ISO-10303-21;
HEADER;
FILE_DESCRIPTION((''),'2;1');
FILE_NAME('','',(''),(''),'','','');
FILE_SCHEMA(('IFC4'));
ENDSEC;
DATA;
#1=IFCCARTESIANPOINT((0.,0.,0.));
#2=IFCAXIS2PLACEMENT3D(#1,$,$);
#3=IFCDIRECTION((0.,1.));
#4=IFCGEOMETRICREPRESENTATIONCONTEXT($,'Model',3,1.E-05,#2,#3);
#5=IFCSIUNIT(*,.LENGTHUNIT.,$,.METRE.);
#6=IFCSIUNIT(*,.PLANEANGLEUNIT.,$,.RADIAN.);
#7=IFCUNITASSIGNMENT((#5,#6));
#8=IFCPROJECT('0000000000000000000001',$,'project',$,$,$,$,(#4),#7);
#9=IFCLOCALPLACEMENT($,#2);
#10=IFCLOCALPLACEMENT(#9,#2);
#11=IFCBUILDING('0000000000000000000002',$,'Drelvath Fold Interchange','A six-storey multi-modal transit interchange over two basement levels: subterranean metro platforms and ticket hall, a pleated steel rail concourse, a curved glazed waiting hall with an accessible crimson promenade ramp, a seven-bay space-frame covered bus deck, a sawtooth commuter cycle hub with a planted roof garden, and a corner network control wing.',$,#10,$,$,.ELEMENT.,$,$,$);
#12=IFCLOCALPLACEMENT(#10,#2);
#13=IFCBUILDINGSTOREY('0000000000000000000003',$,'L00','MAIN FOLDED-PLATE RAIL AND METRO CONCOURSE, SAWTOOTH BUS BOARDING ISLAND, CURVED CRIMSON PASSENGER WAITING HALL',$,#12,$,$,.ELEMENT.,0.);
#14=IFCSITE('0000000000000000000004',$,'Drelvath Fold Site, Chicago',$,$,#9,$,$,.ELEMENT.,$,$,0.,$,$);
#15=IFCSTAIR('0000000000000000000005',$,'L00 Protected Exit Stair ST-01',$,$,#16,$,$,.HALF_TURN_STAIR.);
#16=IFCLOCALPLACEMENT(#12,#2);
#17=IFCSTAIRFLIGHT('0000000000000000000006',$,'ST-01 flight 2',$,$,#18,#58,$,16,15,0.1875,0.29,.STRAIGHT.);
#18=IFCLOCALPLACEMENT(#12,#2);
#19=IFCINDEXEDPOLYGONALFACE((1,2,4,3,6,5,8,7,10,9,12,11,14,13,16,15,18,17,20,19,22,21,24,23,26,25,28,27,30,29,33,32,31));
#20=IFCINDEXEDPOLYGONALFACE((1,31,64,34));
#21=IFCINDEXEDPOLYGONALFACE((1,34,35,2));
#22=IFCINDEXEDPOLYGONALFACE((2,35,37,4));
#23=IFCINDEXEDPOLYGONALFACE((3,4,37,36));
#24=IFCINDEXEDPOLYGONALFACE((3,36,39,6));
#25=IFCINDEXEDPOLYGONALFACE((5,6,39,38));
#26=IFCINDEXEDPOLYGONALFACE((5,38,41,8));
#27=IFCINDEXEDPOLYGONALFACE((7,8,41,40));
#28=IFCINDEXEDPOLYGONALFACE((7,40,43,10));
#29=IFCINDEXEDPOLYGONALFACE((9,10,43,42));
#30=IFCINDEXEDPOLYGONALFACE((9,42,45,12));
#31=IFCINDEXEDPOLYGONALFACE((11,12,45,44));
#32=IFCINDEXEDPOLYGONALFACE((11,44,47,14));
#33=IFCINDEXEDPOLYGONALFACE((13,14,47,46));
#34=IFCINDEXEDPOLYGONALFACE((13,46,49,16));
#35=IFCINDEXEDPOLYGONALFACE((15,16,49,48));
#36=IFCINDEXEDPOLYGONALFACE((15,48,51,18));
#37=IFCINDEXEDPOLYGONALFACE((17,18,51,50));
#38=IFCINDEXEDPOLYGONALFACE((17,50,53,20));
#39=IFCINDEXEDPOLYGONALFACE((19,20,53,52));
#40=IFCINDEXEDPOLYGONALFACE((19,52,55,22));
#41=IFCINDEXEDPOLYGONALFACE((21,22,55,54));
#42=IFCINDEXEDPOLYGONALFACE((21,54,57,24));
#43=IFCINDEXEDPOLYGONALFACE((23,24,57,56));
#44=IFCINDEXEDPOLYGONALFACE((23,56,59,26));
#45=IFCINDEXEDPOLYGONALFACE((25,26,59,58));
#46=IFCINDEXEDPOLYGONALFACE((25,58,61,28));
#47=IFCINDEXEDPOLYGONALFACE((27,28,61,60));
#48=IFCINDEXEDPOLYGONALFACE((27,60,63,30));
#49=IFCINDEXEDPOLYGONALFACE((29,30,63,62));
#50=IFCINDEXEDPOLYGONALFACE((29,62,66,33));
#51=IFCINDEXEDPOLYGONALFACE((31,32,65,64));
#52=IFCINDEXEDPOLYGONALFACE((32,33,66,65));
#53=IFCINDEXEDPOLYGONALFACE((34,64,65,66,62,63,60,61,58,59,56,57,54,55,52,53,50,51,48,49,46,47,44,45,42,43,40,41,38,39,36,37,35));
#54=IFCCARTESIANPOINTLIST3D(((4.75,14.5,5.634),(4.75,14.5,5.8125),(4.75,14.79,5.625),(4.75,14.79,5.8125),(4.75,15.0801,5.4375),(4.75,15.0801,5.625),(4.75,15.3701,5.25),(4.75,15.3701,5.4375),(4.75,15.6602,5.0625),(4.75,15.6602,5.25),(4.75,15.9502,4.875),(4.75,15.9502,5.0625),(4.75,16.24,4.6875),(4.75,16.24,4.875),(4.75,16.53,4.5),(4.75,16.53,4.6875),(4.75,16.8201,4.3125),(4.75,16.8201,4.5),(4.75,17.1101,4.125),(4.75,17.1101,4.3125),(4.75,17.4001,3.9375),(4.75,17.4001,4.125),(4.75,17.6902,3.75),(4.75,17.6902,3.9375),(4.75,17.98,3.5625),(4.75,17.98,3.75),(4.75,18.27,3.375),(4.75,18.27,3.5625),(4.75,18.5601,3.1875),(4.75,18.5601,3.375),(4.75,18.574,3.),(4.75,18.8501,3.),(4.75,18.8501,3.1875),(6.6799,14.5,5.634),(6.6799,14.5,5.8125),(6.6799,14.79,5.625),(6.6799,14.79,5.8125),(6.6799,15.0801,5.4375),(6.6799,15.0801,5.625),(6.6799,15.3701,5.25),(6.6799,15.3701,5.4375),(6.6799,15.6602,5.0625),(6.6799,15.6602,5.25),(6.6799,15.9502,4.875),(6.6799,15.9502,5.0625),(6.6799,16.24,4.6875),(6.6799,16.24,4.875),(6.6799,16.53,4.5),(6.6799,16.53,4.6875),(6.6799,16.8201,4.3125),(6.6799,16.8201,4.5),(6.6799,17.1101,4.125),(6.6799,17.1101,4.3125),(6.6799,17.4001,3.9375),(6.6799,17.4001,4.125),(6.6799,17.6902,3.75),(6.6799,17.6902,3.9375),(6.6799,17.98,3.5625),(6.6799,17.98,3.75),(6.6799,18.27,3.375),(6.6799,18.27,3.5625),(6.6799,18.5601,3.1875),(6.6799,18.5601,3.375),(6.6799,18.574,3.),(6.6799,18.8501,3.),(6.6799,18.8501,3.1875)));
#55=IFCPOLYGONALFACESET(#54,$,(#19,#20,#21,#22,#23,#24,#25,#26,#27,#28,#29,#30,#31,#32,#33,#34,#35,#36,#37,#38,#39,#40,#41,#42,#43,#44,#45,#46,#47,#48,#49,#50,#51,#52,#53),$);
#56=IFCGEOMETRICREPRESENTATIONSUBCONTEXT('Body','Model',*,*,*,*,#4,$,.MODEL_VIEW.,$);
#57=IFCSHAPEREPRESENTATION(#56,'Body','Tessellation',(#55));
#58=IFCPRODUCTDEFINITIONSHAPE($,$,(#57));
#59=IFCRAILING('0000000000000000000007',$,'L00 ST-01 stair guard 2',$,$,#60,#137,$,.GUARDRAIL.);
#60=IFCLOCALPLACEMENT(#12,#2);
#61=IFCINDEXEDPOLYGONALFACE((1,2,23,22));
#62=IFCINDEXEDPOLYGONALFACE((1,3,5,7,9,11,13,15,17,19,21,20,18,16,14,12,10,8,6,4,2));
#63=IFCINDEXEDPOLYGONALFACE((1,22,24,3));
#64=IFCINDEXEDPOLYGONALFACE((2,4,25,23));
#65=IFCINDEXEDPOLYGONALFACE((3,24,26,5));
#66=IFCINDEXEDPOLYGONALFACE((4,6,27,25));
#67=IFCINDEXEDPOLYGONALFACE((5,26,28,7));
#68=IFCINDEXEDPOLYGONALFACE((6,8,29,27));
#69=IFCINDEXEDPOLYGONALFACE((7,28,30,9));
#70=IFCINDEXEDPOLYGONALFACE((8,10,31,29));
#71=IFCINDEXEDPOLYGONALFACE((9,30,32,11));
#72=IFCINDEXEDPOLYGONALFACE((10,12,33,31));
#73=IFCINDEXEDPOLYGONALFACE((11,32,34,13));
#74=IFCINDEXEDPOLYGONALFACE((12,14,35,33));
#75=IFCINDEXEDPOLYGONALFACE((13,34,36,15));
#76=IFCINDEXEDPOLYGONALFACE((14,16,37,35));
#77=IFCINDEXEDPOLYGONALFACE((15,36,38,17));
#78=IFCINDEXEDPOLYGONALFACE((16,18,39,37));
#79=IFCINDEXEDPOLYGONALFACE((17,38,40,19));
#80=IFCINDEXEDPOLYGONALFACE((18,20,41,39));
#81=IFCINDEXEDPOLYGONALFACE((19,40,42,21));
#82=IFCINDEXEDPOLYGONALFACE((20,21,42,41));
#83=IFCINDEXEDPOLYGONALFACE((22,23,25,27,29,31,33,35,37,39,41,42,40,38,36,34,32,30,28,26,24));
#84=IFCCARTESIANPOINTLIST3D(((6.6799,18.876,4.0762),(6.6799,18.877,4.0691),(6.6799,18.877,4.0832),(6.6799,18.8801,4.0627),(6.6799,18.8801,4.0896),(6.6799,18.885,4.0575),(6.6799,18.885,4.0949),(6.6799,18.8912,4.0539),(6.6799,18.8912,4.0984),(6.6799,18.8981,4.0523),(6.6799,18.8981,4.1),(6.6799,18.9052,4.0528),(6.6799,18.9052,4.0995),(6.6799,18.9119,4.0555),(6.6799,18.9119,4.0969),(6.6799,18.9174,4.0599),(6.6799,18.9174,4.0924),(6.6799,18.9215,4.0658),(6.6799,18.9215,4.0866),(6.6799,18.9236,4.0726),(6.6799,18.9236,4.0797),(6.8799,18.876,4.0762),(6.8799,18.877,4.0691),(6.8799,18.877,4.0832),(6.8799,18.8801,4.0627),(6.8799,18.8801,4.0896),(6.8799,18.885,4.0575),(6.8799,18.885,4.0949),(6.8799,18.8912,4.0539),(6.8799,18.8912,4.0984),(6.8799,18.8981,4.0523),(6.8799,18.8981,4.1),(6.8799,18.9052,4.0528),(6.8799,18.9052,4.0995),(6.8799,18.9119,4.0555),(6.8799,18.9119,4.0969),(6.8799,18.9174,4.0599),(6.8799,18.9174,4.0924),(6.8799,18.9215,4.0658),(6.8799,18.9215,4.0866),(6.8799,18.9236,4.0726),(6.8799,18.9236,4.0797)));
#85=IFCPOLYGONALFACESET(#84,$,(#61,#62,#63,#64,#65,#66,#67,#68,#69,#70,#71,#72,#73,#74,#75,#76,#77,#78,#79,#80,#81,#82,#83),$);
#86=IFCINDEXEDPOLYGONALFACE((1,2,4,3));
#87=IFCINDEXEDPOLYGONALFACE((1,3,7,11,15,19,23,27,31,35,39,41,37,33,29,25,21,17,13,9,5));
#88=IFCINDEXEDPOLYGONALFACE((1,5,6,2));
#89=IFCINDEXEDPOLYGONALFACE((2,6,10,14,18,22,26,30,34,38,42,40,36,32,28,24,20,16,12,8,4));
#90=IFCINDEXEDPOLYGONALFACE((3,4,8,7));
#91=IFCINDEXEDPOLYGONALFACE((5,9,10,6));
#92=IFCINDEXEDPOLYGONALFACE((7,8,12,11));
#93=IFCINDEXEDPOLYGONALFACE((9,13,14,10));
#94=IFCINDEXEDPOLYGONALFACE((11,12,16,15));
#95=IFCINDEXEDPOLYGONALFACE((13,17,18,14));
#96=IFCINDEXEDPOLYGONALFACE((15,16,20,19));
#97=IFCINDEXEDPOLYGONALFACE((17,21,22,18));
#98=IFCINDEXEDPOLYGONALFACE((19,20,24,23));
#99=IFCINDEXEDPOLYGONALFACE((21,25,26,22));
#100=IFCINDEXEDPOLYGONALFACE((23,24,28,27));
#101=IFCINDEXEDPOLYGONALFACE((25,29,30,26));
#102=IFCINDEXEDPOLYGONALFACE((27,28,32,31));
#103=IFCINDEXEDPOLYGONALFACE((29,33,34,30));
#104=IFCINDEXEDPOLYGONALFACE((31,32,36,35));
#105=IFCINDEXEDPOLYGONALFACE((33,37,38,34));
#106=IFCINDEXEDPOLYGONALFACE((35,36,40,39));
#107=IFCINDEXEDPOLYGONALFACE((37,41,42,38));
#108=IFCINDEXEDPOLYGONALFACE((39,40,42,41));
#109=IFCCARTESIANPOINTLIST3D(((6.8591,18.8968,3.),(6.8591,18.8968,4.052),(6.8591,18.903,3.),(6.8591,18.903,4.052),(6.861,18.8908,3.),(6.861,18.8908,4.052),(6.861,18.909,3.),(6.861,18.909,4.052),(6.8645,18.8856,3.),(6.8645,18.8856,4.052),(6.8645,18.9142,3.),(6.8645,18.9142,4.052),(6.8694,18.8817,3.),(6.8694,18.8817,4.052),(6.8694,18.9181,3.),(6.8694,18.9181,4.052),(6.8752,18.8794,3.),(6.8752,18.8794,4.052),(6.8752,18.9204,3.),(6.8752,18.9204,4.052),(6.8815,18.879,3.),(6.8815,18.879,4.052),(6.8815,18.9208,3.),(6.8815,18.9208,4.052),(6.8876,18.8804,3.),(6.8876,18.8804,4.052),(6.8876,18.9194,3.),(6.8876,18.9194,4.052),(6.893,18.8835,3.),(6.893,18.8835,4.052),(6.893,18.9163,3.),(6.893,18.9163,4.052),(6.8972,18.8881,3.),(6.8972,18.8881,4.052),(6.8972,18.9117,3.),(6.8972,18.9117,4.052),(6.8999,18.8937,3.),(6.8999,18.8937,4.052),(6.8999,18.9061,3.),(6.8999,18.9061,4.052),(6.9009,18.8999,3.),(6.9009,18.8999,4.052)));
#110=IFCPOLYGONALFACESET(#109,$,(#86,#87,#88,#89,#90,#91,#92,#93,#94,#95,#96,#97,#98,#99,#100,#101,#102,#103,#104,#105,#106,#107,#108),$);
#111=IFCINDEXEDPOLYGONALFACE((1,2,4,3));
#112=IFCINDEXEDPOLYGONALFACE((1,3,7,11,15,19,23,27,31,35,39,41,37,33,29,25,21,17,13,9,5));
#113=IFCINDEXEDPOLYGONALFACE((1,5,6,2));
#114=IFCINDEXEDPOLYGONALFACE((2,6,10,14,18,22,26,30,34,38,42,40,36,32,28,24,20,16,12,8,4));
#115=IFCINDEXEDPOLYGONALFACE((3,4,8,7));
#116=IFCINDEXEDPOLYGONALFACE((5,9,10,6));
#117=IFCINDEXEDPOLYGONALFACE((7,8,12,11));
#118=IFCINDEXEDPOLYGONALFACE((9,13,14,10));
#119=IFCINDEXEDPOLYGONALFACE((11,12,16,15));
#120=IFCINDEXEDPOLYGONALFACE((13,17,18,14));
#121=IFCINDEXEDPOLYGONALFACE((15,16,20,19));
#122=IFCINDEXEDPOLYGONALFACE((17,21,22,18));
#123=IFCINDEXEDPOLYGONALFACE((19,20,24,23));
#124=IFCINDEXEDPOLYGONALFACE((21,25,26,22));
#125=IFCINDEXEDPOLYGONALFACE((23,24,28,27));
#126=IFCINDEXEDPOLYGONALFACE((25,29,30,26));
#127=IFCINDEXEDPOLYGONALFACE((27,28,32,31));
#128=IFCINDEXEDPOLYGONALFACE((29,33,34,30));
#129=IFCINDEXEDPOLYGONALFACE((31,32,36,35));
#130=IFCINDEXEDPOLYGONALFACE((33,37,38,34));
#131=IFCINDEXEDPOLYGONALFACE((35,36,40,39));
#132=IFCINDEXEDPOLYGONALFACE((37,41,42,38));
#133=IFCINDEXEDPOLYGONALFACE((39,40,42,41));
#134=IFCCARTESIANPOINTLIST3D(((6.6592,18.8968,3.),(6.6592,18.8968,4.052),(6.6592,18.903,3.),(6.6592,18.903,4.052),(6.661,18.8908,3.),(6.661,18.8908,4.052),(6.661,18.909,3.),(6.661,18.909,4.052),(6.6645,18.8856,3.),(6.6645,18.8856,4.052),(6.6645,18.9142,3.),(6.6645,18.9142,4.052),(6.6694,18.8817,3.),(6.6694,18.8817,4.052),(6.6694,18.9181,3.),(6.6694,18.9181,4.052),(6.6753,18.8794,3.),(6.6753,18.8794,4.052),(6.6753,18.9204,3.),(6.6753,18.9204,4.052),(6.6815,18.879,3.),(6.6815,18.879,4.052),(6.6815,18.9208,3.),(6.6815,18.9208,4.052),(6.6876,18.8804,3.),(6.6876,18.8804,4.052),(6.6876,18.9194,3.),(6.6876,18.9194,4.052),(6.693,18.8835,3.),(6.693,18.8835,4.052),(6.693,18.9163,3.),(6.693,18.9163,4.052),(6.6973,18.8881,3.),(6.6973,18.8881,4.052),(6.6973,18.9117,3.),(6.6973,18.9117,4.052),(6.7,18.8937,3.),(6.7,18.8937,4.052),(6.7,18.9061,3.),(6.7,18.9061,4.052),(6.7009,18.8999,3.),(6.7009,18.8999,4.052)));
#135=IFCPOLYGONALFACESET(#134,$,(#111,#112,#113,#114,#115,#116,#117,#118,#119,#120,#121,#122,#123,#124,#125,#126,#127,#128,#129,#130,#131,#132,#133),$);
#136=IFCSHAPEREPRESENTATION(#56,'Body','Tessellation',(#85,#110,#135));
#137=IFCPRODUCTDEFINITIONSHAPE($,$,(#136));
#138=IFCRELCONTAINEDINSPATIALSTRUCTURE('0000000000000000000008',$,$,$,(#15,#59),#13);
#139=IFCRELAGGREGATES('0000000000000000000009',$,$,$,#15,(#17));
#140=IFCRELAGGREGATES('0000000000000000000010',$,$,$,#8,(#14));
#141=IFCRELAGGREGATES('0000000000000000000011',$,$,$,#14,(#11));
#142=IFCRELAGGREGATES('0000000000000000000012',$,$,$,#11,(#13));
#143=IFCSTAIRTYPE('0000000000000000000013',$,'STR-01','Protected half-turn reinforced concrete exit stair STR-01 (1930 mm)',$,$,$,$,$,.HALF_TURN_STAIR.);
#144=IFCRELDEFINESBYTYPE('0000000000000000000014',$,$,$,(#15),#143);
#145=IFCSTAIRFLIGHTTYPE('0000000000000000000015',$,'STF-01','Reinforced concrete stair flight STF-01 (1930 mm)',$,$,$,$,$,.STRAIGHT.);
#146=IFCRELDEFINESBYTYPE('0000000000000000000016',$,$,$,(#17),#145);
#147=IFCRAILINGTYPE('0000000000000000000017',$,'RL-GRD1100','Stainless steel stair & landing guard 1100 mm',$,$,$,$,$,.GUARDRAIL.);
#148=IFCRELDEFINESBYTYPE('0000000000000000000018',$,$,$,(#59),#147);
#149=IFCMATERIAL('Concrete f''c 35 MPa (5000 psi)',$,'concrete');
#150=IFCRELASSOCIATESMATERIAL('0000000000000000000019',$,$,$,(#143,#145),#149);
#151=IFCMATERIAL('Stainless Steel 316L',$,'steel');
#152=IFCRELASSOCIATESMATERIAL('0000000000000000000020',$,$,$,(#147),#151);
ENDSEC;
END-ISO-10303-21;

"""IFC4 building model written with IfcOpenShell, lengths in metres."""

from ifc_helpers import new_model, si_unit, direction, frame, origin, origin_2d, place, context, subcontext, project, spatial, polyline, circle, outline, extrude, material, type_object, element, aggregate, save


model = new_model("IFC4")

# Units and contexts
model_context = context("Model", 3, precision=1e-05, world=origin(), true_north=direction((0.0, 1.0)))
body_context = subcontext(model_context, "Body", "Model", "MODEL_VIEW")
ifc_project = project(units=[si_unit("LENGTHUNIT", "METRE"), si_unit("PLANEANGLEUNIT", "RADIAN")], contexts=[model_context])

# Site, building, storey
site_placement = place(None, origin())
site = spatial("IfcSite", under=ifc_project, at=site_placement, Name="Drelvath Fold Site, Chicago", CompositionType="ELEMENT", RefElevation=0.0)
building_placement = place(site_placement, origin())
building = spatial("IfcBuilding", under=site, at=building_placement, Name="Drelvath Fold Interchange", Description="A six-storey multi-modal transit interchange over two basement levels: subterranean metro platforms and ticket hall, a pleated steel rail concourse, a curved glazed waiting hall with an accessible crimson promenade ramp, a seven-bay space-frame covered bus deck, a sawtooth commuter cycle hub with a planted roof garden, and a corner network control wing.", CompositionType="ELEMENT")
storey_placement = place(building_placement, origin())
storey = spatial("IfcBuildingStorey", under=building, at=storey_placement, Name="L00", Description="MAIN FOLDED-PLATE RAIL AND METRO CONCOURSE, SAWTOOTH BUS BOARDING ISLAND, CURVED CRIMSON PASSENGER WAITING HALL", CompositionType="ELEMENT", Elevation=0.0)

# Stair, stair flight
ifc_material_1 = material(Name="Concrete f'c 35 MPa (5000 psi)", Category="concrete")
stair_type = type_object("IfcStairType", Name="STR-01", Description="Protected half-turn reinforced concrete exit stair STR-01 (1930 mm)", PredefinedType="HALF_TURN_STAIR", material=ifc_material_1)
stair_placement = place(storey_placement, origin())
stair = element("IfcStair", 1, at=stair_placement, inside=storey, type_object=stair_type, Name="L00 Protected Exit Stair ST-01", PredefinedType="HALF_TURN_STAIR")
stair_flight_type = type_object("IfcStairFlightType", Name="STF-01", Description="Reinforced concrete stair flight STF-01 (1930 mm)", PredefinedType="STRAIGHT", material=ifc_material_1)
stair_flight_placement = place(storey_placement, frame((5.7151, 18.8501, 3.0), z_axis=(0.0, 0.0, 1.0), x_axis=(0.0, -1.0, 0.0)))
stair_flight = element("IfcStairFlight", 2, at=stair_flight_placement, type_object=stair_flight_type, Name="ST-01 flight 2", NumberOfRisers=16, NumberOfTreads=15, PredefinedType="STRAIGHT", RiserHeight=0.1875, TreadLength=0.29, context=body_context, shape_type="SweptSolid", body=[
    extrude(outline(polyline([(0.0, 0.0), (0.0, 0.1875), (0.29, 0.1875), (0.29, 0.375), (0.5801, 0.375), (0.5801, 0.5625), (0.8701, 0.5625), (0.8701, 0.75), (1.1599, 0.75), (1.1599, 0.9375), (1.45, 0.9375), (1.45, 1.125), (1.74, 1.125), (1.74, 1.3125), (2.03, 1.3125), (2.03, 1.5), (2.3201, 1.5), (2.3201, 1.6875), (2.6101, 1.6875), (2.6101, 1.875), (2.8999, 1.875), (2.8999, 2.0625), (3.1899, 2.0625), (3.1899, 2.25), (3.48, 2.25), (3.48, 2.4375), (3.77, 2.4375), (3.77, 2.625), (4.0601, 2.625), (4.0601, 2.8125), (4.3501, 2.8125), (4.3501, 3.0), (4.3501, 2.634), (0.2761, 0.0), (0.0, 0.0)])), frame((0.0, 0.9648, 0.0), z_axis=(0.0, -1.0, 0.0), x_axis=(1.0, 0.0, 0.0)), (0.0, 0.0, 1.0), 1.9299),
])
aggregate(stair, [stair_flight])

# Railing
ifc_material_2 = material(Name="Stainless Steel 316L", Category="steel")
railing_type_1 = type_object("IfcRailingType", Name="RL-GRD1100", Description="Stainless steel stair & landing guard 1100 mm", PredefinedType="GUARDRAIL", material=ifc_material_2)
railing_1_placement = place(storey_placement, frame((6.8799, 18.8999, 3.0)))
element("IfcRailing", 3, at=railing_1_placement, inside=storey, type_object=railing_type_1, Name="L00 ST-01 stair guard 2", PredefinedType="GUARDRAIL", context=body_context, shape_type="SweptSolid", body=[
    extrude(circle(Radius=0.0239, at=origin_2d()), frame((0.0, 0.0, 1.0762), z_axis=(-1.0, 0.0, 0.0), x_axis=(0.0, -1.0, 0.0)), (0.0, 0.0, 1.0), 0.2),
    extrude(circle(Radius=0.021, at=origin_2d()), origin(), (0.0, 0.0, 1.0), 1.052),
    extrude(circle(Radius=0.021, at=origin_2d()), frame((-0.2, 0.0, 0.0)), (0.0, 0.0, 1.0), 1.052),
])

save(model, "model.ifc")
